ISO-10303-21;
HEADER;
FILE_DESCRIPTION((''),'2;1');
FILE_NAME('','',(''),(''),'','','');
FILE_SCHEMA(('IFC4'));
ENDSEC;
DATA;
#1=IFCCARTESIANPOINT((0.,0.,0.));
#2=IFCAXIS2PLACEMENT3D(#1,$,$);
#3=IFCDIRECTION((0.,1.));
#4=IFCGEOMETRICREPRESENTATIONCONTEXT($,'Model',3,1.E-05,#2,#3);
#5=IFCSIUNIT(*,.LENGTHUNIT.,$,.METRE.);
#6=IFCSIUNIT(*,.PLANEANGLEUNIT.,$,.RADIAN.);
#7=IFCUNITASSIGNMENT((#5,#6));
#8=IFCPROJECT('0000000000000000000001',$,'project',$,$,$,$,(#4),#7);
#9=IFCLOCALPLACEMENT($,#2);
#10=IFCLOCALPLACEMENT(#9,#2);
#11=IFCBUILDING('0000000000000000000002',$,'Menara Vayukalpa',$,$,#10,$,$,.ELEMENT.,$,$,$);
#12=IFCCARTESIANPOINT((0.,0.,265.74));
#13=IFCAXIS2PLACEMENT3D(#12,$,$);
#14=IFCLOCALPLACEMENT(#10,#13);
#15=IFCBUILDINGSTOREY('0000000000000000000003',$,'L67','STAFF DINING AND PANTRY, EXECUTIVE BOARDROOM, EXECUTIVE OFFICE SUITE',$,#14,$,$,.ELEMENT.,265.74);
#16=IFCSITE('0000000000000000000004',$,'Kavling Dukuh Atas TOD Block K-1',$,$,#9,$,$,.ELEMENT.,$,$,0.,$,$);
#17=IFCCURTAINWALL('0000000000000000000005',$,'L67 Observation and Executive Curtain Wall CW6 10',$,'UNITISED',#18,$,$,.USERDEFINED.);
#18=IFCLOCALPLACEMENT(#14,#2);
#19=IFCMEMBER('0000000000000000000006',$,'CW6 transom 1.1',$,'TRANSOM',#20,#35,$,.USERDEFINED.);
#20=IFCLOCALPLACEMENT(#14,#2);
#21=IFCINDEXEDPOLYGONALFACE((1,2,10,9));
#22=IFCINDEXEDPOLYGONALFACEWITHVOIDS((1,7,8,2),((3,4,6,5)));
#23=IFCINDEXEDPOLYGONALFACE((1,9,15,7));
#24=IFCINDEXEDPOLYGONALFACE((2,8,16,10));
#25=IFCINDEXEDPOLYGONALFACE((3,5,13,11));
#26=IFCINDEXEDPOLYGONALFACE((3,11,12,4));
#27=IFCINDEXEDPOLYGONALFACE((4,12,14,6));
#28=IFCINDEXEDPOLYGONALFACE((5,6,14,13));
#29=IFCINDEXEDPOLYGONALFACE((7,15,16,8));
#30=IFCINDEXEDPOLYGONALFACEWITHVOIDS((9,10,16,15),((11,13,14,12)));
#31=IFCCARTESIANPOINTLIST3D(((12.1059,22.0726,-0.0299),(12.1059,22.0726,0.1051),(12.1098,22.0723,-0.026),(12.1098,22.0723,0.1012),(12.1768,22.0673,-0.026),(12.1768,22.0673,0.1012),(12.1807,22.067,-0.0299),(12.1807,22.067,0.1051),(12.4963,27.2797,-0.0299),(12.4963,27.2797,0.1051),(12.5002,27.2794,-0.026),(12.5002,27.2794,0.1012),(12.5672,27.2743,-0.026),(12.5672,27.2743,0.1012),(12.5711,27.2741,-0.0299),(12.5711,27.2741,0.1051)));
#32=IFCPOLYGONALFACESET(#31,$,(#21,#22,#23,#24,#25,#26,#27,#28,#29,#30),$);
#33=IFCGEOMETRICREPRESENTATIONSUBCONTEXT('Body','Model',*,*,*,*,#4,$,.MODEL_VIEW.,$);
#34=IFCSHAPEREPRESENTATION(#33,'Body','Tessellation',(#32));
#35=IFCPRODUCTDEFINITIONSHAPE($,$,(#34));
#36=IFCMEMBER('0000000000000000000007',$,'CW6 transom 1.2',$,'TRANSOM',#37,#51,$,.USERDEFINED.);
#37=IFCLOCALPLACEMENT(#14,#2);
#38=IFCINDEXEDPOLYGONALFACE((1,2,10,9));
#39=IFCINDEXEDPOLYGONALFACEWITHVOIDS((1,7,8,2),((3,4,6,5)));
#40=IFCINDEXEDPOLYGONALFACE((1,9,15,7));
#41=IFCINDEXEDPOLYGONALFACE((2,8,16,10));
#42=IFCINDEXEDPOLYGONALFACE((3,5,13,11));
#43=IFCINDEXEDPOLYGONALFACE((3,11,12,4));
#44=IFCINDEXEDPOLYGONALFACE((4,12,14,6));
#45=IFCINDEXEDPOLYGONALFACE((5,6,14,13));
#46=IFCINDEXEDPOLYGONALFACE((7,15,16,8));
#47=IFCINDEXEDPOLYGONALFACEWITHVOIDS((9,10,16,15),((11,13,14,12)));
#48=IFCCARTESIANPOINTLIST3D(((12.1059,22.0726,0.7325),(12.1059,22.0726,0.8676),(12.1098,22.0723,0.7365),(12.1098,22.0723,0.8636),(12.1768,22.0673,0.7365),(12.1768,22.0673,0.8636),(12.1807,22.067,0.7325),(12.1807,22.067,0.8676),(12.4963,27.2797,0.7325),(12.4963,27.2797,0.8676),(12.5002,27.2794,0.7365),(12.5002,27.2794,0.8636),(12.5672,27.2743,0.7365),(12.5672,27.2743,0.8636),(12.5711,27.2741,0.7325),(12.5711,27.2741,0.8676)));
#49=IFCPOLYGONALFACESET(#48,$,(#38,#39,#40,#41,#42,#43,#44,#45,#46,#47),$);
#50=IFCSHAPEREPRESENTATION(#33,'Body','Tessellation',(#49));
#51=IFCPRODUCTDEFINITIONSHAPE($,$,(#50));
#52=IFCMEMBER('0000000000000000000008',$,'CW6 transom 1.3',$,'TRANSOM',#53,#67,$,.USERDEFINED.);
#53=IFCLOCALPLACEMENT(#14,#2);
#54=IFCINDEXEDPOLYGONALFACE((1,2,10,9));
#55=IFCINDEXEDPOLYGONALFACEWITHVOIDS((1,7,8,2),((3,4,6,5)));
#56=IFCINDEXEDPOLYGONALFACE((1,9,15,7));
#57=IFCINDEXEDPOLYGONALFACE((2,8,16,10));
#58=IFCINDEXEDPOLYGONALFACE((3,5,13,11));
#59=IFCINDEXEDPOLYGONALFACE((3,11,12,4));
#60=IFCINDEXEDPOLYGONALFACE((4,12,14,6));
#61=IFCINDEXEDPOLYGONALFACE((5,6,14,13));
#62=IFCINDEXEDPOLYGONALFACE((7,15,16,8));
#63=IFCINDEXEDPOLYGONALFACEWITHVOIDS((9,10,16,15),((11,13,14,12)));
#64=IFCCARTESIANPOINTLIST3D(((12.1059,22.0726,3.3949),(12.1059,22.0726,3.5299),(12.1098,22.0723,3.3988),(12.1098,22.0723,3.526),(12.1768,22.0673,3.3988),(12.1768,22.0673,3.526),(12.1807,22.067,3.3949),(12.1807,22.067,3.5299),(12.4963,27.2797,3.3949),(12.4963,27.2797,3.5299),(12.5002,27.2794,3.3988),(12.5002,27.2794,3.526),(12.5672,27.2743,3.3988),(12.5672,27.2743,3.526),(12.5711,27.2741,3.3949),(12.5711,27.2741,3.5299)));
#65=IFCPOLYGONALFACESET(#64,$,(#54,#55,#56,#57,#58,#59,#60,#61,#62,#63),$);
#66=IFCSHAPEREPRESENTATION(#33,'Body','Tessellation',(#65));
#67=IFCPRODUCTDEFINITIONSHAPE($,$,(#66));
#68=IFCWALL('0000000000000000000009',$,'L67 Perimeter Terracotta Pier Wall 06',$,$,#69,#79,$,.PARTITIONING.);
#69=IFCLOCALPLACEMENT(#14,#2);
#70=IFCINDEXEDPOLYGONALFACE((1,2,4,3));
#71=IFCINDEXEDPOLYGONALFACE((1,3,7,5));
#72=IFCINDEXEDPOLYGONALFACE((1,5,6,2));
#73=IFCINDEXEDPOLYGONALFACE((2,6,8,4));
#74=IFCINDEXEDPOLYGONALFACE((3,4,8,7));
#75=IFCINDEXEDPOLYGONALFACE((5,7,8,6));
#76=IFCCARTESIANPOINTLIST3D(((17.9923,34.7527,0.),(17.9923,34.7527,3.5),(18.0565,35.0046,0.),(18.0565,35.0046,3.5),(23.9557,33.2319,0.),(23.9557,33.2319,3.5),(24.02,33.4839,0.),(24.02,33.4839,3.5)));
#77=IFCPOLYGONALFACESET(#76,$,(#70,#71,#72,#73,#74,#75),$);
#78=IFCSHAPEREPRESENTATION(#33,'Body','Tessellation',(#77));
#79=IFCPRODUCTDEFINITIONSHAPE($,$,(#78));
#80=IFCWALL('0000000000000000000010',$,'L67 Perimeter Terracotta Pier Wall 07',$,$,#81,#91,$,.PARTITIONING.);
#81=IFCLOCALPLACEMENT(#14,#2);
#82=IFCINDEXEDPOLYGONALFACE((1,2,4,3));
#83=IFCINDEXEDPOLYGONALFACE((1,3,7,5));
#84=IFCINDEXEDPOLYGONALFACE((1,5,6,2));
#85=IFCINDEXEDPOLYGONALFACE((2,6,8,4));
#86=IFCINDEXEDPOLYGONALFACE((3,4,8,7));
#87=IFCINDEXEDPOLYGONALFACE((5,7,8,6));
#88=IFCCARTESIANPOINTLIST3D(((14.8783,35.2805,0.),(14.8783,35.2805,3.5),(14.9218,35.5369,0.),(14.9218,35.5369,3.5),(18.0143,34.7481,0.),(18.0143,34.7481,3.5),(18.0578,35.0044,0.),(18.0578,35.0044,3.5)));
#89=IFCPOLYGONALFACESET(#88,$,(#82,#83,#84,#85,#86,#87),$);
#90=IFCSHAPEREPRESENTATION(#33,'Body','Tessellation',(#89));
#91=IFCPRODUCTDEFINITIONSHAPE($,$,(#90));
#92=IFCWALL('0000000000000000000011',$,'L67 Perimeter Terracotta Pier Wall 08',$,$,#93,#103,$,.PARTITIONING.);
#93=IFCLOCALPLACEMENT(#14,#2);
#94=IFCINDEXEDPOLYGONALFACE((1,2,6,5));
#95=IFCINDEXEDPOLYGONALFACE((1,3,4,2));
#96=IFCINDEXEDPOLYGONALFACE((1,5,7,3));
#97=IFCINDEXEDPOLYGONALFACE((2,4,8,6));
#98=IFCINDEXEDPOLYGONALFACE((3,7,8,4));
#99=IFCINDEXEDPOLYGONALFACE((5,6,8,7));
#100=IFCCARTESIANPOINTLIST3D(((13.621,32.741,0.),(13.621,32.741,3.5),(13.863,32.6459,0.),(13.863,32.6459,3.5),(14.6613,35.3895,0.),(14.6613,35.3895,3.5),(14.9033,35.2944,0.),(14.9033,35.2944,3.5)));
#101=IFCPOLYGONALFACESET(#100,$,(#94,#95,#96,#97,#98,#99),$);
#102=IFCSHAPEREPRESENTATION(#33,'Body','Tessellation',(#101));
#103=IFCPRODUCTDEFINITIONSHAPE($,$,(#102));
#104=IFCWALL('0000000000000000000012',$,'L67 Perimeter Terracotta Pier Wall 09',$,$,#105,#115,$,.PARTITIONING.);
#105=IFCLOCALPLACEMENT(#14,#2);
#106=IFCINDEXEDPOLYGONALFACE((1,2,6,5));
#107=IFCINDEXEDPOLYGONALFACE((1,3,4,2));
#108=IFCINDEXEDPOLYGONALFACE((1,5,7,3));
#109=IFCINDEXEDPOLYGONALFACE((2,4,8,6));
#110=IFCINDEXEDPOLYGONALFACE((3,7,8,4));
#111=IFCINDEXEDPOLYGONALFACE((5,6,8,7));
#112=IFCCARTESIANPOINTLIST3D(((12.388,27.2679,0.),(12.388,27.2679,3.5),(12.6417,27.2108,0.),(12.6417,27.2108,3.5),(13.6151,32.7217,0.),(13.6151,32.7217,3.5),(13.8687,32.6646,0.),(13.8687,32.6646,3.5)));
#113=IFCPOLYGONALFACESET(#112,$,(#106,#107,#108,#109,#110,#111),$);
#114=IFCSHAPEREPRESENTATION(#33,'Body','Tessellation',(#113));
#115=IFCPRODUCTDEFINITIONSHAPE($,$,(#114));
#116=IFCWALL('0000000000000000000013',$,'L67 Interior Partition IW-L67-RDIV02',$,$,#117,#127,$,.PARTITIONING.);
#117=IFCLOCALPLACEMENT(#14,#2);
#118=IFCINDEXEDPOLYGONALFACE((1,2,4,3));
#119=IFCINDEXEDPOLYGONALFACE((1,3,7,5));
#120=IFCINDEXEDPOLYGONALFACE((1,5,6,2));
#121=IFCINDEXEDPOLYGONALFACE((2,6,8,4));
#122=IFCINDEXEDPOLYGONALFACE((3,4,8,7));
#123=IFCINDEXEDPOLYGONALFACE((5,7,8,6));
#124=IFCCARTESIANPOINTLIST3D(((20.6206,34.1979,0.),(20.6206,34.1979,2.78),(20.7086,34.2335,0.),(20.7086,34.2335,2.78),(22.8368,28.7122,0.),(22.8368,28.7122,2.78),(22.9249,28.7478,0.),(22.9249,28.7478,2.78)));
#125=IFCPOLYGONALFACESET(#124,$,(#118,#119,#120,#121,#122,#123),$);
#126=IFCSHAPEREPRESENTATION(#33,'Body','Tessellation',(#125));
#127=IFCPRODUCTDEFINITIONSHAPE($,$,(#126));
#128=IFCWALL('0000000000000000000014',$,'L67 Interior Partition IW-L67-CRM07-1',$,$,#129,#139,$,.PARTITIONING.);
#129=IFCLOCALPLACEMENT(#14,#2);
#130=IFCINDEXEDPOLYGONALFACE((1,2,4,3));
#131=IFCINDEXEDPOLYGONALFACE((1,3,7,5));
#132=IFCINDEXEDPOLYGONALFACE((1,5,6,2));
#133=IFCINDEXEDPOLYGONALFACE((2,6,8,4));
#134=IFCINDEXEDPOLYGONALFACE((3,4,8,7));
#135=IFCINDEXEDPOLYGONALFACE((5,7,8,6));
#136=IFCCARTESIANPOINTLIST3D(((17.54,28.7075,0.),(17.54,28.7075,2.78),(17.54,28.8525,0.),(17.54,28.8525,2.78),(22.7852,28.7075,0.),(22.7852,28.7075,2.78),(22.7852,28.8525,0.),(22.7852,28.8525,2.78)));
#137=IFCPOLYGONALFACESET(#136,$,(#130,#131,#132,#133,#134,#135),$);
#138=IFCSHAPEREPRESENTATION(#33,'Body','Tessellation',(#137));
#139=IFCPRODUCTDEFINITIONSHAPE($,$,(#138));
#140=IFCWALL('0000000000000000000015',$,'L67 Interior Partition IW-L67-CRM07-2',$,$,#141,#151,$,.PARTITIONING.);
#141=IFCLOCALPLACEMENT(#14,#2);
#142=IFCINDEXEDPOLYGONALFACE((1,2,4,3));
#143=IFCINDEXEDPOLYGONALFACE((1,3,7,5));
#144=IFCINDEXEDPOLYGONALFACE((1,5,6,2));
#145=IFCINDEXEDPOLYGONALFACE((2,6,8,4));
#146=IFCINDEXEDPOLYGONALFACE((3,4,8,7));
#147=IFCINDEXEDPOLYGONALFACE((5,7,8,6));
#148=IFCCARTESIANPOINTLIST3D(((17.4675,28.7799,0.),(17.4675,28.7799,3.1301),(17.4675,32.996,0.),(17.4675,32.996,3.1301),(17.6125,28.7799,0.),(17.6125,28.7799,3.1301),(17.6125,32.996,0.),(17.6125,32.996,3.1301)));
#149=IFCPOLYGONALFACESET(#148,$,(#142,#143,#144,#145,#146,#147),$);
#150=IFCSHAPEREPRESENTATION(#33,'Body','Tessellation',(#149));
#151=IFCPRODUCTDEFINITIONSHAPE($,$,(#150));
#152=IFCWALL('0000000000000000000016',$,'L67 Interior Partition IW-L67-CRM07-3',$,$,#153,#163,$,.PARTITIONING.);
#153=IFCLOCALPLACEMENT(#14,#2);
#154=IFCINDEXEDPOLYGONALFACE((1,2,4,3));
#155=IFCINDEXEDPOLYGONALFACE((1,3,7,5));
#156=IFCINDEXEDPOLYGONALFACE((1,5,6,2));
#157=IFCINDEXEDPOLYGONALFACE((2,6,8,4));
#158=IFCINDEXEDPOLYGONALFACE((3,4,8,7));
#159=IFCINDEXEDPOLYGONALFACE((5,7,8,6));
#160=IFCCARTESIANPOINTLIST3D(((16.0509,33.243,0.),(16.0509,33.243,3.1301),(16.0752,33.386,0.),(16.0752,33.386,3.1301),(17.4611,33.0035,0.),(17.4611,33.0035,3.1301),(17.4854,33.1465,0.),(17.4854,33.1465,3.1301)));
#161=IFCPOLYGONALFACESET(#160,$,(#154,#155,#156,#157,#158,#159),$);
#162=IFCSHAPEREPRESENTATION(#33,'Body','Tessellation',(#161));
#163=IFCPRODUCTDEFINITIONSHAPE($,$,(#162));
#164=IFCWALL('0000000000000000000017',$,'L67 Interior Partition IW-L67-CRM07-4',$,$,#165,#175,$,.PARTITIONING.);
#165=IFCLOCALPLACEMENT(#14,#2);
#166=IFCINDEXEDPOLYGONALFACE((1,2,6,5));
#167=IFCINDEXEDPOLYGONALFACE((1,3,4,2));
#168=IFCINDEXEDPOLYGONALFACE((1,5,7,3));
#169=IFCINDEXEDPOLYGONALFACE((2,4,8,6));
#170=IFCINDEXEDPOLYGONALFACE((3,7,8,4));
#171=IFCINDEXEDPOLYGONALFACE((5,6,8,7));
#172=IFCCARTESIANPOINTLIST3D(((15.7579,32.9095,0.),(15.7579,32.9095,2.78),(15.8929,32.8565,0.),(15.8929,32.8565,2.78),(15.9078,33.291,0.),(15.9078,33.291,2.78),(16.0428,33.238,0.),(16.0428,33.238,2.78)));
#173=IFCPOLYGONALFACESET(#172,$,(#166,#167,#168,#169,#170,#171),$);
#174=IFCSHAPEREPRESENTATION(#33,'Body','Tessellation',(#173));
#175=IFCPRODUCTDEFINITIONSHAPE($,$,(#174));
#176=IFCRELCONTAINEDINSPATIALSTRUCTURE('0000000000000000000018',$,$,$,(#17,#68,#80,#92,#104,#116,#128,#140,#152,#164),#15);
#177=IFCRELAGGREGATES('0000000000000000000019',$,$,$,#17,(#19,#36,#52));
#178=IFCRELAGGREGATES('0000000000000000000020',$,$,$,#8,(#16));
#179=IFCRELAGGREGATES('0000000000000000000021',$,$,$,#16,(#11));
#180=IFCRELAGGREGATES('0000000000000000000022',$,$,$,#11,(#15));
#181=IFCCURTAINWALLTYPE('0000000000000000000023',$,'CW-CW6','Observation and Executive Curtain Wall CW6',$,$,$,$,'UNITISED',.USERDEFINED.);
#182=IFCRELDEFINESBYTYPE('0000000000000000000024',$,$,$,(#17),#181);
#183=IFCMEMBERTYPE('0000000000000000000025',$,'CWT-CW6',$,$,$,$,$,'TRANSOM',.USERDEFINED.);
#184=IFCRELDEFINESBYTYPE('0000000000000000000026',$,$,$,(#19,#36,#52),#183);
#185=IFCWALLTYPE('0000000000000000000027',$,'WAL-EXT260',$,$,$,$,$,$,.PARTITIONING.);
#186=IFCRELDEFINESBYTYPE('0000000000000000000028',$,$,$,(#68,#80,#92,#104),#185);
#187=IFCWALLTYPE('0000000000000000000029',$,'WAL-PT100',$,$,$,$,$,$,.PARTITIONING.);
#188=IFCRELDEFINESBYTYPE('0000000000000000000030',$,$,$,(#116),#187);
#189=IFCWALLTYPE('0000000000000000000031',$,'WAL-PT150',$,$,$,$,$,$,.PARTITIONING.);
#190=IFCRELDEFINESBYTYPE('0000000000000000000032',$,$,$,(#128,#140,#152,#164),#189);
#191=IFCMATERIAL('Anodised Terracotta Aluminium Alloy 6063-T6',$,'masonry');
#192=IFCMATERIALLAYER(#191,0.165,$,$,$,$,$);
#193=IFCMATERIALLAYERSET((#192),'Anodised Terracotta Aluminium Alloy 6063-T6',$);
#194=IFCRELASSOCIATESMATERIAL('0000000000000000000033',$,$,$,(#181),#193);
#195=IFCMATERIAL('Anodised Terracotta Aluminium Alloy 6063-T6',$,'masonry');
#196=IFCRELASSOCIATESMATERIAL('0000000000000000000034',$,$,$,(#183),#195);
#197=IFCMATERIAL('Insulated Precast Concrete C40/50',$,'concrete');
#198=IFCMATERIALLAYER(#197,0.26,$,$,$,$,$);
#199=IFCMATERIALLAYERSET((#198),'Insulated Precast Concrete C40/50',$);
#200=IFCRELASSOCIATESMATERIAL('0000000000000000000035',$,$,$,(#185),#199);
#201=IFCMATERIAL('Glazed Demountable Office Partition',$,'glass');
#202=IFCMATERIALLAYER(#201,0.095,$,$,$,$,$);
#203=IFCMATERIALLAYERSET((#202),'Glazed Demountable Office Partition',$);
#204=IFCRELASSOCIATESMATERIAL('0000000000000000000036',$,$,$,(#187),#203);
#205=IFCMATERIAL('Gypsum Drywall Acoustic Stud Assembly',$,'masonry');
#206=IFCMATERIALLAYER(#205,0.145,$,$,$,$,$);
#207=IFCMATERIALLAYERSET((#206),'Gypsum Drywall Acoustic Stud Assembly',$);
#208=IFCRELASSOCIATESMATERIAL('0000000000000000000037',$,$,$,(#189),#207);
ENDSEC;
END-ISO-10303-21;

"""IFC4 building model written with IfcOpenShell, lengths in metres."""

from ifc_helpers import new_model, si_unit, direction, frame, frame_2d, origin, origin_2d, place, context, subcontext, project, spatial, rectangle, hollow_rectangle, extrude, material, layer, layer_set, material_profile, profile_set, type_object, element, aggregate, save


model = new_model("IFC4")

# Units and contexts
model_context = context("Model", 3, precision=1e-05, world=origin(), true_north=direction((0.0, 1.0)))
body_context = subcontext(model_context, "Body", "Model", "MODEL_VIEW")
ifc_project = project(units=[si_unit("LENGTHUNIT", "METRE"), si_unit("PLANEANGLEUNIT", "RADIAN")], contexts=[model_context])

# Site, building, storey
site_placement = place(None, origin())
site = spatial("IfcSite", under=ifc_project, at=site_placement, Name="Kavling Dukuh Atas TOD Block K-1", CompositionType="ELEMENT", RefElevation=0.0)
building_placement = place(site_placement, origin())
building = spatial("IfcBuilding", under=site, at=building_placement, Name="Menara Vayukalpa", CompositionType="ELEMENT")
storey_placement = place(building_placement, frame((0.0, 0.0, 265.74)))
storey = spatial("IfcBuildingStorey", under=building, at=storey_placement, Name="L67", Description="STAFF DINING AND PANTRY, EXECUTIVE BOARDROOM, EXECUTIVE OFFICE SUITE", CompositionType="ELEMENT", Elevation=265.74)

# Curtain wall, members
ifc_material_1 = material(Name="Anodised Terracotta Aluminium Alloy 6063-T6", Category="masonry")
ifc_layer_1 = layer(ifc_material_1, 0.165)
ifc_layer_set_1 = layer_set([ifc_layer_1], Name="Anodised Terracotta Aluminium Alloy 6063-T6")
curtain_wall_type = type_object("IfcCurtainWallType", Name="CW-CW6", Description="Observation and Executive Curtain Wall CW6", ElementType="UNITISED", PredefinedType="USERDEFINED", material=ifc_layer_set_1)
curtain_wall_placement = place(storey_placement, origin())
curtain_wall = element("IfcCurtainWall", 1, at=curtain_wall_placement, inside=storey, type_object=curtain_wall_type, Name="L67 Observation and Executive Curtain Wall CW6 10", ObjectType="UNITISED", PredefinedType="USERDEFINED")
ifc_material_2 = material(Name="Anodised Terracotta Aluminium Alloy 6063-T6", Category="masonry")
ifc_material_profile_1 = material_profile(ifc_material_2, hollow_rectangle(XDim=0.075, YDim=0.135, WallThickness=0.0039, at=origin_2d()), Name="ALU 75x135x4")
ifc_profile_set_1 = profile_set([ifc_material_profile_1], Name="Anodised Terracotta Aluminium Alloy 6063-T6")
member_type_1 = type_object("IfcMemberType", Name="CWT-CW6", ElementType="TRANSOM", PredefinedType="USERDEFINED", material=ifc_profile_set_1)
member_1_placement = place(storey_placement, frame((12.5337, 27.2769, 0.0376), z_axis=(-0.074762, -0.997201, 0.0), x_axis=(0.997201, -0.074762, 0.0)))
member_1 = element("IfcMember", 2, at=member_1_placement, type_object=member_type_1, Name="CW6 transom 1.1", ObjectType="TRANSOM", PredefinedType="USERDEFINED", context=body_context, shape_type="SweptSolid", body=[
    extrude(hollow_rectangle(XDim=0.075, YDim=0.135, WallThickness=0.0039, at=origin_2d()), origin(), (0.0, 0.0, 1.0), 5.2217),
])
member_2_placement = place(storey_placement, frame((12.5337, 27.2769, 0.8), z_axis=(-0.074762, -0.997201, 0.0), x_axis=(0.997201, -0.074762, 0.0)))
member_2 = element("IfcMember", 3, at=member_2_placement, type_object=member_type_1, Name="CW6 transom 1.2", ObjectType="TRANSOM", PredefinedType="USERDEFINED", context=body_context, shape_type="SweptSolid", body=[
    extrude(hollow_rectangle(XDim=0.075, YDim=0.135, WallThickness=0.0039, at=origin_2d()), origin(), (0.0, 0.0, 1.0), 5.2217),
])
member_3_placement = place(storey_placement, frame((12.5337, 27.2769, 3.4624), z_axis=(-0.074762, -0.997201, 0.0), x_axis=(0.997201, -0.074762, 0.0)))
member_3 = element("IfcMember", 4, at=member_3_placement, type_object=member_type_1, Name="CW6 transom 1.3", ObjectType="TRANSOM", PredefinedType="USERDEFINED", context=body_context, shape_type="SweptSolid", body=[
    extrude(hollow_rectangle(XDim=0.075, YDim=0.135, WallThickness=0.0039, at=origin_2d()), origin(), (0.0, 0.0, 1.0), 5.2217),
])
aggregate(curtain_wall, [member_1, member_2, member_3])

# Walls
ifc_material_3 = material(Name="Insulated Precast Concrete C40/50", Category="concrete")
ifc_layer_2 = layer(ifc_material_3, 0.26)
ifc_layer_set_2 = layer_set([ifc_layer_2], Name="Insulated Precast Concrete C40/50")
wall_type_1 = type_object("IfcWallType", Name="WAL-EXT260", PredefinedType="PARTITIONING", material=ifc_layer_set_2)
wall_1_placement = place(storey_placement, frame((18.0244, 34.8787, 0.0), z_axis=(0.0, 0.0, 1.0), x_axis=(0.968988, -0.247107, 0.0)))
element("IfcWall", 5, at=wall_1_placement, inside=storey, type_object=wall_type_1, Name="L67 Perimeter Terracotta Pier Wall 06", PredefinedType="PARTITIONING", context=body_context, shape_type="SweptSolid", body=[
    extrude(rectangle(XDim=6.1543, YDim=0.26, at=frame_2d((3.0771, 0.0))), origin(), (0.0, 0.0, 1.0), 3.5),
])
wall_2_placement = place(storey_placement, frame((14.9001, 35.4087, 0.0), z_axis=(0.0, 0.0, 1.0), x_axis=(0.985889, -0.167398, 0.0)))
element("IfcWall", 6, at=wall_2_placement, inside=storey, type_object=wall_type_1, Name="L67 Perimeter Terracotta Pier Wall 07", PredefinedType="PARTITIONING", context=body_context, shape_type="SweptSolid", body=[
    extrude(rectangle(XDim=3.1809, YDim=0.26, at=frame_2d((1.5903, 0.0))), origin(), (0.0, 0.0, 1.0), 3.5),
])
wall_3_placement = place(storey_placement, frame((13.7419, 32.6934, 0.0), z_axis=(0.0, 0.0, 1.0), x_axis=(0.365599, 0.930772, 0.0)))
element("IfcWall", 7, at=wall_3_placement, inside=storey, type_object=wall_type_1, Name="L67 Perimeter Terracotta Pier Wall 08", PredefinedType="PARTITIONING", context=body_context, shape_type="SweptSolid", body=[
    extrude(rectangle(XDim=2.8455, YDim=0.26, at=frame_2d((1.4229, 0.0))), origin(), (0.0, 0.0, 1.0), 3.5),
])
wall_4_placement = place(storey_placement, frame((12.5149, 27.2395, 0.0), z_axis=(0.0, 0.0, 1.0), x_axis=(0.219501, 0.975612, 0.0)))
element("IfcWall", 8, at=wall_4_placement, inside=storey, type_object=wall_type_1, Name="L67 Perimeter Terracotta Pier Wall 09", PredefinedType="PARTITIONING", context=body_context, shape_type="SweptSolid", body=[
    extrude(rectangle(XDim=5.5901, YDim=0.26, at=frame_2d((2.7949, 0.0))), origin(), (0.0, 0.0, 1.0), 3.5),
])
ifc_material_4 = material(Name="Glazed Demountable Office Partition", Category="glass")
ifc_layer_3 = layer(ifc_material_4, 0.095)
ifc_layer_set_3 = layer_set([ifc_layer_3], Name="Glazed Demountable Office Partition")
wall_type_2 = type_object("IfcWallType", Name="WAL-PT100", PredefinedType="PARTITIONING", material=ifc_layer_set_3)
wall_5_placement = place(storey_placement, frame((22.8809, 28.73, 0.0), z_axis=(0.0, 0.0, 1.0), x_axis=(-0.37459, 0.927191, 0.0)))
element("IfcWall", 9, at=wall_5_placement, inside=storey, type_object=wall_type_2, Name="L67 Interior Partition IW-L67-RDIV02", PredefinedType="PARTITIONING", context=body_context, shape_type="SweptSolid", body=[
    extrude(rectangle(XDim=5.9165, YDim=0.095, at=frame_2d((2.9583, 0.0))), origin(), (0.0, 0.0, 1.0), 2.78),
])
ifc_material_5 = material(Name="Gypsum Drywall Acoustic Stud Assembly", Category="masonry")
ifc_layer_4 = layer(ifc_material_5, 0.145)
ifc_layer_set_4 = layer_set([ifc_layer_4], Name="Gypsum Drywall Acoustic Stud Assembly")
wall_type_3 = type_object("IfcWallType", Name="WAL-PT150", PredefinedType="PARTITIONING", material=ifc_layer_set_4)
wall_6_placement = place(storey_placement, frame((22.7852, 28.78, 0.0), z_axis=(0.0, 0.0, 1.0), x_axis=(-1.0, 0.0, 0.0)))
element("IfcWall", 10, at=wall_6_placement, inside=storey, type_object=wall_type_3, Name="L67 Interior Partition IW-L67-CRM07-1", PredefinedType="PARTITIONING", context=body_context, shape_type="SweptSolid", body=[
    extrude(rectangle(XDim=5.2451, YDim=0.145, at=frame_2d((2.6226, 0.0))), origin(), (0.0, 0.0, 1.0), 2.78),
])
wall_7_placement = place(storey_placement, frame((17.54, 28.78, 0.0), z_axis=(0.0, 0.0, 1.0), x_axis=(0.0, 1.0, 0.0)))
element("IfcWall", 11, at=wall_7_placement, inside=storey, type_object=wall_type_3, Name="L67 Interior Partition IW-L67-CRM07-2", PredefinedType="PARTITIONING", context=body_context, shape_type="SweptSolid", body=[
    extrude(rectangle(XDim=4.2161, YDim=0.145, at=frame_2d((2.1079, 0.0))), origin(), (0.0, 0.0, 1.0), 3.1301),
])
wall_8_placement = place(storey_placement, frame((17.4734, 33.075, 0.0), z_axis=(0.0, 0.0, 1.0), x_axis=(-0.985882, 0.167443, 0.0)))
element("IfcWall", 12, at=wall_8_placement, inside=storey, type_object=wall_type_3, Name="L67 Interior Partition IW-L67-CRM07-3", PredefinedType="PARTITIONING", context=body_context, shape_type="SweptSolid", body=[
    extrude(rectangle(XDim=1.4304, YDim=0.145, at=frame_2d((0.7153, 0.0))), origin(), (0.0, 0.0, 1.0), 3.1301),
])
wall_9_placement = place(storey_placement, frame((15.9753, 33.2646, 0.0), z_axis=(0.0, 0.0, 1.0), x_axis=(-0.365634, -0.930759, 0.0)))
element("IfcWall", 13, at=wall_9_placement, inside=storey, type_object=wall_type_3, Name="L67 Interior Partition IW-L67-CRM07-4", PredefinedType="PARTITIONING", context=body_context, shape_type="SweptSolid", body=[
    extrude(rectangle(XDim=0.4099, YDim=0.145, at=frame_2d((0.2051, 0.0))), origin(), (0.0, 0.0, 1.0), 2.78),
])

save(model, "model.ifc")
